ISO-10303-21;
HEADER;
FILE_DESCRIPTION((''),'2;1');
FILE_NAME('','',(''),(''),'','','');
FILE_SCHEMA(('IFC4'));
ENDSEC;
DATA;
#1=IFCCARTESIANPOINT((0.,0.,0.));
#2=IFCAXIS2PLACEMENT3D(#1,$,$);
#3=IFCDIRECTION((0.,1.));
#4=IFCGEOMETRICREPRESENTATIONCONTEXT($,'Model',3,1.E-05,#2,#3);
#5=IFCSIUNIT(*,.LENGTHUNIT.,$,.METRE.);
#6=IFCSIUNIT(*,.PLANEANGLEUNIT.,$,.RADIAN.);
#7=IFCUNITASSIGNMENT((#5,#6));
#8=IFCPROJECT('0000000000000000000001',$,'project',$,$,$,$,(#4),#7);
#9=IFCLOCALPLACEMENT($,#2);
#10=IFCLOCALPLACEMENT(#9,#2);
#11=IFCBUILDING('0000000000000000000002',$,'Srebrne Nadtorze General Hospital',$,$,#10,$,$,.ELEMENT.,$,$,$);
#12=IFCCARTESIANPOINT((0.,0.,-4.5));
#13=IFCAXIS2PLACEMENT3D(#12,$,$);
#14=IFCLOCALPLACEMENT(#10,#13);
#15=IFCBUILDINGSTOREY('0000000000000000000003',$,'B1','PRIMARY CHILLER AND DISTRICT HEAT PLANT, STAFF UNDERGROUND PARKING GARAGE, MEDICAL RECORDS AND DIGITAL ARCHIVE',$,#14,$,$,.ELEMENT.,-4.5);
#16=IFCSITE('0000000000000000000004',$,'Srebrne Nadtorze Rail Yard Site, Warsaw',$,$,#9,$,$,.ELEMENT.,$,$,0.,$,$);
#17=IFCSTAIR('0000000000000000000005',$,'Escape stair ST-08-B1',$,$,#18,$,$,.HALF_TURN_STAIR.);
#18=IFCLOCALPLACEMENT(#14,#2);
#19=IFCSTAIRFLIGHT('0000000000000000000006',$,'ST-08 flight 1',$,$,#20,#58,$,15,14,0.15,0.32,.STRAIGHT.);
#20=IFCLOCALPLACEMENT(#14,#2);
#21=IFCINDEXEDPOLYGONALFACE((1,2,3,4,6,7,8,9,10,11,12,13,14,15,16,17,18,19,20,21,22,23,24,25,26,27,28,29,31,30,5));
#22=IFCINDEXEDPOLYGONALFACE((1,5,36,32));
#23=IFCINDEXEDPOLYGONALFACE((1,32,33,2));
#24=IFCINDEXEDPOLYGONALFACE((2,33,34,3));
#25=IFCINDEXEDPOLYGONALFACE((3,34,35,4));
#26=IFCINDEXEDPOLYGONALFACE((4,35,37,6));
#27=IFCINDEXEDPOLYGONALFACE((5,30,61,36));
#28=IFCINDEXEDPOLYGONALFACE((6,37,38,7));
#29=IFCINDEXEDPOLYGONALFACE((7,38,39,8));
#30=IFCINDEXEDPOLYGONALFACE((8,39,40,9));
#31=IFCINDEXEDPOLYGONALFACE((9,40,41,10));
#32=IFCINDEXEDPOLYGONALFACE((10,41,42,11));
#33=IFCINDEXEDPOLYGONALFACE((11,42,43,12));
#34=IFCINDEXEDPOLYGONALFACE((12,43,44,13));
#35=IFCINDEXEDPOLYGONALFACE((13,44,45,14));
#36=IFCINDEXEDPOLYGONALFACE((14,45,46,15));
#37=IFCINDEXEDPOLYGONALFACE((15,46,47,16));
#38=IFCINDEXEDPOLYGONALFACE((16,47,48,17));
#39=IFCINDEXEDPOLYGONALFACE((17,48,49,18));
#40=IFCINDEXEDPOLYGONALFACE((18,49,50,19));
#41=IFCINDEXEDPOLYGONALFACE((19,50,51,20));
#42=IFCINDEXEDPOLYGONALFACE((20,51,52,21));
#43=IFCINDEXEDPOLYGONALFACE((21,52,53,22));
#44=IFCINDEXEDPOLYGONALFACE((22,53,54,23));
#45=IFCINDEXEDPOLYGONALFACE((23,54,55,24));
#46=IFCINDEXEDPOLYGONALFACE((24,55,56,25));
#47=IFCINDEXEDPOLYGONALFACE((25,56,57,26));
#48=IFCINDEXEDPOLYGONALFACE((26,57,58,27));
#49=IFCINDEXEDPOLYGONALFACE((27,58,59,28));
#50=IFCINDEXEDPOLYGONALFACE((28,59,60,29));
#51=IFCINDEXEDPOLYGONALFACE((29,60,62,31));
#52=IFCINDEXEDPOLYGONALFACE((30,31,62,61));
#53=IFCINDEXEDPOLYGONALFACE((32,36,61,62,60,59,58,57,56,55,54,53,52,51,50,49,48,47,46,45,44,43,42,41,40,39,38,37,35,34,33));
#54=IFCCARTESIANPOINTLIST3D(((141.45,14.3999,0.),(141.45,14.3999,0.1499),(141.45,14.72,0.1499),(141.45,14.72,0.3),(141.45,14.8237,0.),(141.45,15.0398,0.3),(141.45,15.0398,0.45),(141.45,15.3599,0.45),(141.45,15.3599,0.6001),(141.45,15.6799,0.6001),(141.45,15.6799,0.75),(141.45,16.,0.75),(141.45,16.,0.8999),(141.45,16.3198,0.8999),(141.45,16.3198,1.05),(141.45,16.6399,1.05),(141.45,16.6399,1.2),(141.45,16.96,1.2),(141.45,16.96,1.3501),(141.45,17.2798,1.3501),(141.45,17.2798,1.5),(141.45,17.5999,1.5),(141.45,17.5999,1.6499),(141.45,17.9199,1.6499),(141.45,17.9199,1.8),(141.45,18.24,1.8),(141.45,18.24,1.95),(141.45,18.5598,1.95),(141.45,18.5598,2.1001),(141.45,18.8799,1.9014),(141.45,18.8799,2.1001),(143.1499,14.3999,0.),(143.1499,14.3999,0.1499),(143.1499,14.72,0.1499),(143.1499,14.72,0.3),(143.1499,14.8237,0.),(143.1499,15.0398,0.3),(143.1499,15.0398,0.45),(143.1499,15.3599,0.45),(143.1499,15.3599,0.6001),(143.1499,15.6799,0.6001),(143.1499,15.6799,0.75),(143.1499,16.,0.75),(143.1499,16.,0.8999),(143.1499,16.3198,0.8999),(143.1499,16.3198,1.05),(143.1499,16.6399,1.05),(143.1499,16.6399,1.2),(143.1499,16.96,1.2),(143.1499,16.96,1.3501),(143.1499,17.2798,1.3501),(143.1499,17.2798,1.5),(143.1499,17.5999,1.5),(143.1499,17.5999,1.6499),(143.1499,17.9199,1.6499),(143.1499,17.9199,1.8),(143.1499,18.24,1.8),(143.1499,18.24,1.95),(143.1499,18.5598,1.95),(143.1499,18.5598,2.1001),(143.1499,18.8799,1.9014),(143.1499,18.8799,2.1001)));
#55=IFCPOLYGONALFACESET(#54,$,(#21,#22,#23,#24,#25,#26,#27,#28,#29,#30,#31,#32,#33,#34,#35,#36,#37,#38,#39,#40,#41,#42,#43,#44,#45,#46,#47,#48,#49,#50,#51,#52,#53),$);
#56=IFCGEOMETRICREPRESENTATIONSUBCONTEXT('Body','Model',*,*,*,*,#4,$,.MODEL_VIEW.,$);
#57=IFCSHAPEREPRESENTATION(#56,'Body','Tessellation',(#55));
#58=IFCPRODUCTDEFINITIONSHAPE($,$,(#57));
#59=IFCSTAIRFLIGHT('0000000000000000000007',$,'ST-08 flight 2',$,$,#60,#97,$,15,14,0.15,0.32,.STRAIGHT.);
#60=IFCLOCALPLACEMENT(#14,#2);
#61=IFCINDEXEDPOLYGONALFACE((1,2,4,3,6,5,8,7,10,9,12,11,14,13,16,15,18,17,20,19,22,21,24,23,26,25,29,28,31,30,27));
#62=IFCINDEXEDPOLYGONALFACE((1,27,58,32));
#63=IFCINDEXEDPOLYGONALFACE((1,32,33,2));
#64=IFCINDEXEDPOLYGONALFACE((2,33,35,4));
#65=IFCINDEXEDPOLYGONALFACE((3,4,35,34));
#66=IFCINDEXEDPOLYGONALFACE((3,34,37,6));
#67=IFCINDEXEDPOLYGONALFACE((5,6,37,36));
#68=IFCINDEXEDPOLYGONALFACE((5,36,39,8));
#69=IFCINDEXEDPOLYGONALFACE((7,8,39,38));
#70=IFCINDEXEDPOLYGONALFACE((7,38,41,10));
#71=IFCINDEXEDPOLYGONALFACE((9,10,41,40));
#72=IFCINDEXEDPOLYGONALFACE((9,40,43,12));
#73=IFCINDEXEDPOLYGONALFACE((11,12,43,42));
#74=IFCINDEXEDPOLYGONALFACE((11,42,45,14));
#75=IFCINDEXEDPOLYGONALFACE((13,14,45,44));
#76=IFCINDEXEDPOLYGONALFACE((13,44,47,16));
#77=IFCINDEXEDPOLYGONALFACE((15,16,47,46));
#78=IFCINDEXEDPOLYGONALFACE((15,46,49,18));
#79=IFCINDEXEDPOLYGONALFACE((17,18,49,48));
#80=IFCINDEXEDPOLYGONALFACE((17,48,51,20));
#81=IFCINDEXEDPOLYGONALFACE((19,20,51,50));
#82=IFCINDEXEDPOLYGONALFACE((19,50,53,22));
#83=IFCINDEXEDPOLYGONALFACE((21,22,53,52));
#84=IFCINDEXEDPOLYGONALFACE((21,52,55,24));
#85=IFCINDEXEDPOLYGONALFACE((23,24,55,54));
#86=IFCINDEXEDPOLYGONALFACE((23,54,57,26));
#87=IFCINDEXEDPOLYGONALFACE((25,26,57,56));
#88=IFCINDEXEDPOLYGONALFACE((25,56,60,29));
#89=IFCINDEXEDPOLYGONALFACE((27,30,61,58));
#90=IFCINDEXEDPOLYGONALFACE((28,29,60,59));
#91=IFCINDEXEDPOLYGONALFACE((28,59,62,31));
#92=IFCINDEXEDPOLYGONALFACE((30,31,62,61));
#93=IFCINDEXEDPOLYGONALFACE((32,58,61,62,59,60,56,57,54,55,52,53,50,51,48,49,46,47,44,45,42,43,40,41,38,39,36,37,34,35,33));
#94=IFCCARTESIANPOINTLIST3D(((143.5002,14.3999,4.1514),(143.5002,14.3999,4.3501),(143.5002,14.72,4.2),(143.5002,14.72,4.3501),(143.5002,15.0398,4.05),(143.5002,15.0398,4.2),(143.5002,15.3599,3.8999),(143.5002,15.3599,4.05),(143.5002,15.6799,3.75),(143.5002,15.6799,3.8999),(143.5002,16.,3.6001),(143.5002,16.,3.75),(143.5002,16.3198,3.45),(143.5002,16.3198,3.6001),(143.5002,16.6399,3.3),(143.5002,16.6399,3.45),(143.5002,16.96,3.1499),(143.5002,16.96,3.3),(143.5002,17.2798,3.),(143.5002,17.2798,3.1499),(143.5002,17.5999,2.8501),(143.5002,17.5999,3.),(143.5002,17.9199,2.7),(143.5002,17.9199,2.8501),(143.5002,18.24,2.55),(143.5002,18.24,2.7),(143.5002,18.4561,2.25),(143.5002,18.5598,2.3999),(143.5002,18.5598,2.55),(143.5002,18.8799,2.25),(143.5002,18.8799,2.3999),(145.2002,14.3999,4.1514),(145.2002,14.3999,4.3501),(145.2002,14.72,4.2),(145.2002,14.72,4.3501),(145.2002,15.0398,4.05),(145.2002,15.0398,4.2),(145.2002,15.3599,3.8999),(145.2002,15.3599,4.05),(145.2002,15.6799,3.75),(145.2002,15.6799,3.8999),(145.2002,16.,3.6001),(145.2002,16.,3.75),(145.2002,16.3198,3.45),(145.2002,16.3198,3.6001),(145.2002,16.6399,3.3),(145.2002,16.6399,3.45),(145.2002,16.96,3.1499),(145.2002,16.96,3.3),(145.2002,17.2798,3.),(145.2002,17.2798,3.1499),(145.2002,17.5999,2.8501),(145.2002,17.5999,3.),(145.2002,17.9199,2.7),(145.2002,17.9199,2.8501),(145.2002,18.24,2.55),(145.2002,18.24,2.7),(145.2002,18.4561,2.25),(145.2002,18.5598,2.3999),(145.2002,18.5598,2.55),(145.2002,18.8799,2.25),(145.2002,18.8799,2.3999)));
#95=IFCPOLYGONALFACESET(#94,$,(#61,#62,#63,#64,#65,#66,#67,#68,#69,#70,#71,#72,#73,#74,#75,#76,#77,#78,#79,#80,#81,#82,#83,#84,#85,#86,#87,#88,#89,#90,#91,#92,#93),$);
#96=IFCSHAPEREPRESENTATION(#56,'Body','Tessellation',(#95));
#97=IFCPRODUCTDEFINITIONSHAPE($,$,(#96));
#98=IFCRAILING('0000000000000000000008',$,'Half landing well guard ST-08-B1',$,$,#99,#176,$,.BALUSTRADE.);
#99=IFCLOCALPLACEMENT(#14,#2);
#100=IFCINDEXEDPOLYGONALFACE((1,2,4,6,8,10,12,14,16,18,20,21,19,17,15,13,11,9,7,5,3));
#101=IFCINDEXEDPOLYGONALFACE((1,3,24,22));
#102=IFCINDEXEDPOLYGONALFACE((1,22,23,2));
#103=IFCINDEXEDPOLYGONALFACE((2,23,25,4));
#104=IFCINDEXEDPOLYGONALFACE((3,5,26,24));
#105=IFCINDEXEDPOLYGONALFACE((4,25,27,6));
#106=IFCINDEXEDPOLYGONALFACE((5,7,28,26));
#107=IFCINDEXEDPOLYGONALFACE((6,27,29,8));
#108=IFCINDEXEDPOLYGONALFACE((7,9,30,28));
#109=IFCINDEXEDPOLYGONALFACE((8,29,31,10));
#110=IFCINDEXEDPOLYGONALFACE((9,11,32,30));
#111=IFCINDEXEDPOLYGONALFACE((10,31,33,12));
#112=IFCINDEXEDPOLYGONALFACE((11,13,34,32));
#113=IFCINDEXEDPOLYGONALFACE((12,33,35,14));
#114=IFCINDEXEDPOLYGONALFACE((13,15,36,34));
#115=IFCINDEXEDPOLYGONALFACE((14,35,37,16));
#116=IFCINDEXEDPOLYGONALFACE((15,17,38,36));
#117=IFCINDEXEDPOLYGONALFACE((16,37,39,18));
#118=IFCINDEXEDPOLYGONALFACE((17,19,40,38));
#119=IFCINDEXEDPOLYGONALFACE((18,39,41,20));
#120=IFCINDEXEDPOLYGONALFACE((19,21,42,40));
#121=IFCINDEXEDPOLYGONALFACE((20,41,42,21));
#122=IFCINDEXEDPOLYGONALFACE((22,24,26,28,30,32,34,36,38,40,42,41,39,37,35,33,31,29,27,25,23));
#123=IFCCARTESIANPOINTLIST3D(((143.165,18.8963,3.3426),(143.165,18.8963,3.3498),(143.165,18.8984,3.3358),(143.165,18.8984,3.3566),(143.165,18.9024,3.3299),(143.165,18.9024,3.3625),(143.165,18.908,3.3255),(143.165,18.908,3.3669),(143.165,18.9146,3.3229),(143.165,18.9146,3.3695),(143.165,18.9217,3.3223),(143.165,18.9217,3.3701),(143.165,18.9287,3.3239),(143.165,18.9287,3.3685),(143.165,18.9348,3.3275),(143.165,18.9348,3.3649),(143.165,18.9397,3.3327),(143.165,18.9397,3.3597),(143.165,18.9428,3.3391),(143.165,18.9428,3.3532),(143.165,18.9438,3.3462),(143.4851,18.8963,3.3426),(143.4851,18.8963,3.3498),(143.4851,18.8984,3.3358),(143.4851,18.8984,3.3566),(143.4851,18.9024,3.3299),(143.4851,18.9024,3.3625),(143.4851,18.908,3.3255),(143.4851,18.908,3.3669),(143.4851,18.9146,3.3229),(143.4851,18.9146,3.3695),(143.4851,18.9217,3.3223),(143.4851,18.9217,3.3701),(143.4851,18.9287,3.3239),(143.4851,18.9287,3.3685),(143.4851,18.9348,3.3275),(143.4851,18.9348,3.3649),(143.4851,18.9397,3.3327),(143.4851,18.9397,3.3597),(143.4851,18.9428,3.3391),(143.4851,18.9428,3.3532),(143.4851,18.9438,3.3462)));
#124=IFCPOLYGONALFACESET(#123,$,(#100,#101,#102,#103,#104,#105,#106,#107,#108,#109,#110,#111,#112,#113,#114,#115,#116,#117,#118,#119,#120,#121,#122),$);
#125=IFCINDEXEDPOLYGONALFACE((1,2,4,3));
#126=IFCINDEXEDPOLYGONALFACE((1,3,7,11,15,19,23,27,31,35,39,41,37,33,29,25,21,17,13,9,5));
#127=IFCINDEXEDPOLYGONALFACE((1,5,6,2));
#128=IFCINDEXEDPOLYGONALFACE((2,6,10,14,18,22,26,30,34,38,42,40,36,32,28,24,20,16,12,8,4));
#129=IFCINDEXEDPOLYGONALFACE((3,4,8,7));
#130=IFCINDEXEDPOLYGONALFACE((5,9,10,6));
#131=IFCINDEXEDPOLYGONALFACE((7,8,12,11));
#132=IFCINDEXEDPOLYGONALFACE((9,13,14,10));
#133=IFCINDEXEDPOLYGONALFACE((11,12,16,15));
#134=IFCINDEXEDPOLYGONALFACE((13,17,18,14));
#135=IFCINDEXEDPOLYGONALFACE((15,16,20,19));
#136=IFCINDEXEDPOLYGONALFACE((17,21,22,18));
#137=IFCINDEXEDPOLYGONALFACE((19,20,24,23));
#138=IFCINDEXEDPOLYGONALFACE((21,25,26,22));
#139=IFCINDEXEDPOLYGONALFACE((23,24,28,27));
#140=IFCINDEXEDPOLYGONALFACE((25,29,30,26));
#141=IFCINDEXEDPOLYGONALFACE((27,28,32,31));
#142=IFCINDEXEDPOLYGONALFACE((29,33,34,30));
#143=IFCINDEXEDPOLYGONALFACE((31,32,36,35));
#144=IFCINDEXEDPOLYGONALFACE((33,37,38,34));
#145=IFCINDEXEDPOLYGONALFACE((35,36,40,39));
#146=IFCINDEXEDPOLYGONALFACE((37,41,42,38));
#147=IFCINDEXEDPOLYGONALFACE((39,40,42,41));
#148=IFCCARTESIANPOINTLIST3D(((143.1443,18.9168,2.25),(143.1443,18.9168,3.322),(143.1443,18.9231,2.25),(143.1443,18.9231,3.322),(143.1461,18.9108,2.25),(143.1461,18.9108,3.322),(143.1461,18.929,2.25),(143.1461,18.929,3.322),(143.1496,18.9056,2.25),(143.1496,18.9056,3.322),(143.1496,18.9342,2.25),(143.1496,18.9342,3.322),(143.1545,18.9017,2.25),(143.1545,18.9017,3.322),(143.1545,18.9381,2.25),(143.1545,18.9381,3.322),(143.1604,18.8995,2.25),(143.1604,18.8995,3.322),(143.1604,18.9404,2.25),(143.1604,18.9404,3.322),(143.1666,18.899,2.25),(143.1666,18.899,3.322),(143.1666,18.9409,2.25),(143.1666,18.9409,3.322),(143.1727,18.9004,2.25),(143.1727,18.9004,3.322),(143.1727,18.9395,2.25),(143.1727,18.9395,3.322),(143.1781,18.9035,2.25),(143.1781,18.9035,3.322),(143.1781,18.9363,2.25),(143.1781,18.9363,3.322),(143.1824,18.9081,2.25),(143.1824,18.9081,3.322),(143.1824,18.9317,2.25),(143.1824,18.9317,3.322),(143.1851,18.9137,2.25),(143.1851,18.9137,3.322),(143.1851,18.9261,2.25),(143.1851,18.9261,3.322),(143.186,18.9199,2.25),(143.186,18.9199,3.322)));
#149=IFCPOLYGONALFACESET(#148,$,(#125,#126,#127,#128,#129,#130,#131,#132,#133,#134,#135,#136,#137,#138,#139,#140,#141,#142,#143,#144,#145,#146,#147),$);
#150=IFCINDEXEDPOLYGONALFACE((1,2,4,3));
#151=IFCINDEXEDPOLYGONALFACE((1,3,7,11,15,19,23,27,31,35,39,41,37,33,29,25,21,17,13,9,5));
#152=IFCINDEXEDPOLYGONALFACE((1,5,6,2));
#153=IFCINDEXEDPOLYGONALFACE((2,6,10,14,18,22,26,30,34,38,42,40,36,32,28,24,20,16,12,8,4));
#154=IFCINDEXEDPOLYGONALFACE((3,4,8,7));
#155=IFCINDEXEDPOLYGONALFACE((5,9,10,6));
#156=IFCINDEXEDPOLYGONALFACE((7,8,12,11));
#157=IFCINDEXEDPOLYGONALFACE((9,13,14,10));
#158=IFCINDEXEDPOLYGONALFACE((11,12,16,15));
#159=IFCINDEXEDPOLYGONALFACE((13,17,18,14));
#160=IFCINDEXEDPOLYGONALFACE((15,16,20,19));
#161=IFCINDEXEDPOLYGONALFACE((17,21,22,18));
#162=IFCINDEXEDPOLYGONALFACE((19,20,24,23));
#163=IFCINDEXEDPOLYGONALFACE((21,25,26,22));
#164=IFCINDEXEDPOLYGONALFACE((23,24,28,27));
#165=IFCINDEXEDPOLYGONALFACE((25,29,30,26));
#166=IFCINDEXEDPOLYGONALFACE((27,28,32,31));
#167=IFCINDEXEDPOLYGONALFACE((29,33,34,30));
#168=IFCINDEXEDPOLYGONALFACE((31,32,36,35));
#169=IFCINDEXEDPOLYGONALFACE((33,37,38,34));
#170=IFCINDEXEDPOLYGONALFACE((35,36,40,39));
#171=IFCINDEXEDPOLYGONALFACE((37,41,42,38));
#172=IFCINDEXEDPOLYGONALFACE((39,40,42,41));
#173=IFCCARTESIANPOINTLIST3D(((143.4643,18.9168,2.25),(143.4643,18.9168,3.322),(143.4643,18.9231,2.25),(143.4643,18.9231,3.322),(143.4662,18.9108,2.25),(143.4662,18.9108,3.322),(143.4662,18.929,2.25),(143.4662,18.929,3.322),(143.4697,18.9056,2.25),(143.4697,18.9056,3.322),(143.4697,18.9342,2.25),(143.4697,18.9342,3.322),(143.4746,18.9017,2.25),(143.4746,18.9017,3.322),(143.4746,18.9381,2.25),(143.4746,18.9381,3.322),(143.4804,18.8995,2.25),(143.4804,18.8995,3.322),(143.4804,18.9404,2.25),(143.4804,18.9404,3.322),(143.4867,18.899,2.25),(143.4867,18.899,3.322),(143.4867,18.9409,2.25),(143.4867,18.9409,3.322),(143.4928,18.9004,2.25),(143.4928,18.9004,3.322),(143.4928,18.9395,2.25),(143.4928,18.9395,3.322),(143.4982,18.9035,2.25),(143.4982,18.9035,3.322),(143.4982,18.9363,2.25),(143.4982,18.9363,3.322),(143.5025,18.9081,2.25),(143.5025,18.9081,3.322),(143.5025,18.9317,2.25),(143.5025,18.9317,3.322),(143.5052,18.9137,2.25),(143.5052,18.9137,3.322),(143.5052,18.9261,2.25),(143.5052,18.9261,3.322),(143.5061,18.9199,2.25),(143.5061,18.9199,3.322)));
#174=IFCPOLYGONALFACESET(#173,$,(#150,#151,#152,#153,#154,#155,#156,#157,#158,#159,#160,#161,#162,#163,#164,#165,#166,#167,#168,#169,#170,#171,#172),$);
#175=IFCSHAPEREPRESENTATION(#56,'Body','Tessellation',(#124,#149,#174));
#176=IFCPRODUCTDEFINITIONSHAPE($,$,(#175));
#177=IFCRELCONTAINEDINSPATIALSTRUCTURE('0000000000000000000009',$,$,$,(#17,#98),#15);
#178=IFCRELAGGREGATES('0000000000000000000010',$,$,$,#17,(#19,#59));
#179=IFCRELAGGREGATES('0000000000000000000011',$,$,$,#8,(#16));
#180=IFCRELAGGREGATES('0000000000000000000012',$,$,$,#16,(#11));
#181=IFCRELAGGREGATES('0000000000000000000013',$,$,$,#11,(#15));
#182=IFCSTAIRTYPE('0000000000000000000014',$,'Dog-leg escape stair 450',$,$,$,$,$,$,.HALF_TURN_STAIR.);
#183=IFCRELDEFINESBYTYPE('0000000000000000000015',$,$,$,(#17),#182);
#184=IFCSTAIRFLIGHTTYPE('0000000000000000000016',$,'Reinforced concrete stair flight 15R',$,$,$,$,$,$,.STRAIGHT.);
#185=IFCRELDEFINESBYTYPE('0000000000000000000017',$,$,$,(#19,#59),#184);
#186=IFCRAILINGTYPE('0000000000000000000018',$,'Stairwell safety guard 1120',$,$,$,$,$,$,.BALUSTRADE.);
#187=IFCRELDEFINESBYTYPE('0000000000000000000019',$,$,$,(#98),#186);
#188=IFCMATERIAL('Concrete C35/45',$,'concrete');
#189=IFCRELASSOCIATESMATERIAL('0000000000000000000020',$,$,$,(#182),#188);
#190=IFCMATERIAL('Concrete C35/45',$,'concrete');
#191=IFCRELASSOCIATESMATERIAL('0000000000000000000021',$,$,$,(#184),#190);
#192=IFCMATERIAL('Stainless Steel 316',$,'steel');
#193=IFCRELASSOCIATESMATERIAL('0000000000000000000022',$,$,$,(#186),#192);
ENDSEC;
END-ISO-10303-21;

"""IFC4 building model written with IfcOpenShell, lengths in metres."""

from ifc_helpers import new_model, si_unit, direction, frame, origin, origin_2d, place, context, subcontext, project, spatial, polyline, circle, outline, extrude, material, type_object, element, aggregate, save


model = new_model("IFC4")

# Units and contexts
model_context = context("Model", 3, precision=1e-05, world=origin(), true_north=direction((0.0, 1.0)))
body_context = subcontext(model_context, "Body", "Model", "MODEL_VIEW")
ifc_project = project(units=[si_unit("LENGTHUNIT", "METRE"), si_unit("PLANEANGLEUNIT", "RADIAN")], contexts=[model_context])

# Site, building, storey
site_placement = place(None, origin())
site = spatial("IfcSite", under=ifc_project, at=site_placement, Name="Srebrne Nadtorze Rail Yard Site, Warsaw", CompositionType="ELEMENT", RefElevation=0.0)
building_placement = place(site_placement, origin())
building = spatial("IfcBuilding", under=site, at=building_placement, Name="Srebrne Nadtorze General Hospital", CompositionType="ELEMENT")
storey_placement = place(building_placement, frame((0.0, 0.0, -4.5)))
storey = spatial("IfcBuildingStorey", under=building, at=storey_placement, Name="B1", Description="PRIMARY CHILLER AND DISTRICT HEAT PLANT, STAFF UNDERGROUND PARKING GARAGE, MEDICAL RECORDS AND DIGITAL ARCHIVE", CompositionType="ELEMENT", Elevation=-4.5)

# Stair, stair flights
ifc_material_1 = material(Name="Concrete C35/45", Category="concrete")
stair_type = type_object("IfcStairType", Name="Dog-leg escape stair 450", PredefinedType="HALF_TURN_STAIR", material=ifc_material_1)
stair_placement = place(storey_placement, origin())
stair = element("IfcStair", 1, at=stair_placement, inside=storey, type_object=stair_type, Name="Escape stair ST-08-B1", PredefinedType="HALF_TURN_STAIR")
ifc_material_2 = material(Name="Concrete C35/45", Category="concrete")
stair_flight_type = type_object("IfcStairFlightType", Name="Reinforced concrete stair flight 15R", PredefinedType="STRAIGHT", material=ifc_material_2)
stair_flight_1_placement = place(storey_placement, frame((142.3, 14.3999, 0.0), z_axis=(0.0, 0.0, 1.0), x_axis=(0.0, 1.0, 0.0)))
stair_flight_1 = element("IfcStairFlight", 2, at=stair_flight_1_placement, type_object=stair_flight_type, Name="ST-08 flight 1", NumberOfRisers=15, NumberOfTreads=14, PredefinedType="STRAIGHT", RiserHeight=0.15, TreadLength=0.32, context=body_context, shape_type="SweptSolid", body=[
    extrude(outline(polyline([(0.0, 0.0), (0.0, 0.1499), (0.3201, 0.1499), (0.3201, 0.3), (0.6399, 0.3), (0.6399, 0.45), (0.96, 0.45), (0.96, 0.6001), (1.28, 0.6001), (1.28, 0.75), (1.6001, 0.75), (1.6001, 0.8999), (1.9199, 0.8999), (1.9199, 1.05), (2.24, 1.05), (2.24, 1.2), (2.5601, 1.2), (2.5601, 1.3501), (2.8799, 1.3501), (2.8799, 1.5), (3.2, 1.5), (3.2, 1.6499), (3.52, 1.6499), (3.52, 1.8), (3.8401, 1.8), (3.8401, 1.95), (4.1599, 1.95), (4.1599, 2.1001), (4.48, 2.1001), (4.48, 2.25), (4.48, 1.9014), (0.4238, 0.0), (0.0, 0.0)])), frame((0.0, 0.8501, 0.0), z_axis=(0.0, -1.0, 0.0), x_axis=(1.0, 0.0, 0.0)), (0.0, 0.0, 1.0), 1.7),
])
stair_flight_2_placement = place(storey_placement, frame((144.3501, 18.8799, 2.25), z_axis=(0.0, 0.0, 1.0), x_axis=(0.0, -1.0, 0.0)))
stair_flight_2 = element("IfcStairFlight", 3, at=stair_flight_2_placement, type_object=stair_flight_type, Name="ST-08 flight 2", NumberOfRisers=15, NumberOfTreads=14, PredefinedType="STRAIGHT", RiserHeight=0.15, TreadLength=0.32, context=body_context, shape_type="SweptSolid", body=[
    extrude(outline(polyline([(0.0, 0.0), (0.0, 0.1499), (0.3201, 0.1499), (0.3201, 0.3), (0.6399, 0.3), (0.6399, 0.45), (0.96, 0.45), (0.96, 0.6001), (1.28, 0.6001), (1.28, 0.75), (1.6001, 0.75), (1.6001, 0.8999), (1.9199, 0.8999), (1.9199, 1.05), (2.24, 1.05), (2.24, 1.2), (2.5601, 1.2), (2.5601, 1.3501), (2.8799, 1.3501), (2.8799, 1.5), (3.2, 1.5), (3.2, 1.6499), (3.52, 1.6499), (3.52, 1.8), (3.8401, 1.8), (3.8401, 1.95), (4.1599, 1.95), (4.1599, 2.1001), (4.48, 2.1001), (4.48, 2.25), (4.48, 1.9014), (0.4238, 0.0), (0.0, 0.0)])), frame((0.0, 0.8501, 0.0), z_axis=(0.0, -1.0, 0.0), x_axis=(1.0, 0.0, 0.0)), (0.0, 0.0, 1.0), 1.7),
])
aggregate(stair, [stair_flight_1, stair_flight_2])

# Railing
ifc_material_3 = material(Name="Stainless Steel 316", Category="steel")
railing_type_1 = type_object("IfcRailingType", Name="Stairwell safety guard 1120", PredefinedType="BALUSTRADE", material=ifc_material_3)
railing_1_placement = place(storey_placement, frame((143.165, 18.9199, 2.25)))
element("IfcRailing", 4, at=railing_1_placement, inside=storey, type_object=railing_type_1, Name="Half landing well guard ST-08-B1", PredefinedType="BALUSTRADE", context=body_context, shape_type="SweptSolid", body=[
    extrude(circle(Radius=0.0239, at=origin_2d()), frame((0.0, 0.0, 1.0962), z_axis=(1.0, 0.0, 0.0), x_axis=(0.0, 1.0, 0.0)), (0.0, 0.0, 1.0), 0.3201),
    extrude(circle(Radius=0.021, at=origin_2d()), origin(), (0.0, 0.0, 1.0), 1.072),
    extrude(circle(Radius=0.021, at=origin_2d()), frame((0.3201, 0.0, 0.0)), (0.0, 0.0, 1.0), 1.072),
])

save(model, "model.ifc")
